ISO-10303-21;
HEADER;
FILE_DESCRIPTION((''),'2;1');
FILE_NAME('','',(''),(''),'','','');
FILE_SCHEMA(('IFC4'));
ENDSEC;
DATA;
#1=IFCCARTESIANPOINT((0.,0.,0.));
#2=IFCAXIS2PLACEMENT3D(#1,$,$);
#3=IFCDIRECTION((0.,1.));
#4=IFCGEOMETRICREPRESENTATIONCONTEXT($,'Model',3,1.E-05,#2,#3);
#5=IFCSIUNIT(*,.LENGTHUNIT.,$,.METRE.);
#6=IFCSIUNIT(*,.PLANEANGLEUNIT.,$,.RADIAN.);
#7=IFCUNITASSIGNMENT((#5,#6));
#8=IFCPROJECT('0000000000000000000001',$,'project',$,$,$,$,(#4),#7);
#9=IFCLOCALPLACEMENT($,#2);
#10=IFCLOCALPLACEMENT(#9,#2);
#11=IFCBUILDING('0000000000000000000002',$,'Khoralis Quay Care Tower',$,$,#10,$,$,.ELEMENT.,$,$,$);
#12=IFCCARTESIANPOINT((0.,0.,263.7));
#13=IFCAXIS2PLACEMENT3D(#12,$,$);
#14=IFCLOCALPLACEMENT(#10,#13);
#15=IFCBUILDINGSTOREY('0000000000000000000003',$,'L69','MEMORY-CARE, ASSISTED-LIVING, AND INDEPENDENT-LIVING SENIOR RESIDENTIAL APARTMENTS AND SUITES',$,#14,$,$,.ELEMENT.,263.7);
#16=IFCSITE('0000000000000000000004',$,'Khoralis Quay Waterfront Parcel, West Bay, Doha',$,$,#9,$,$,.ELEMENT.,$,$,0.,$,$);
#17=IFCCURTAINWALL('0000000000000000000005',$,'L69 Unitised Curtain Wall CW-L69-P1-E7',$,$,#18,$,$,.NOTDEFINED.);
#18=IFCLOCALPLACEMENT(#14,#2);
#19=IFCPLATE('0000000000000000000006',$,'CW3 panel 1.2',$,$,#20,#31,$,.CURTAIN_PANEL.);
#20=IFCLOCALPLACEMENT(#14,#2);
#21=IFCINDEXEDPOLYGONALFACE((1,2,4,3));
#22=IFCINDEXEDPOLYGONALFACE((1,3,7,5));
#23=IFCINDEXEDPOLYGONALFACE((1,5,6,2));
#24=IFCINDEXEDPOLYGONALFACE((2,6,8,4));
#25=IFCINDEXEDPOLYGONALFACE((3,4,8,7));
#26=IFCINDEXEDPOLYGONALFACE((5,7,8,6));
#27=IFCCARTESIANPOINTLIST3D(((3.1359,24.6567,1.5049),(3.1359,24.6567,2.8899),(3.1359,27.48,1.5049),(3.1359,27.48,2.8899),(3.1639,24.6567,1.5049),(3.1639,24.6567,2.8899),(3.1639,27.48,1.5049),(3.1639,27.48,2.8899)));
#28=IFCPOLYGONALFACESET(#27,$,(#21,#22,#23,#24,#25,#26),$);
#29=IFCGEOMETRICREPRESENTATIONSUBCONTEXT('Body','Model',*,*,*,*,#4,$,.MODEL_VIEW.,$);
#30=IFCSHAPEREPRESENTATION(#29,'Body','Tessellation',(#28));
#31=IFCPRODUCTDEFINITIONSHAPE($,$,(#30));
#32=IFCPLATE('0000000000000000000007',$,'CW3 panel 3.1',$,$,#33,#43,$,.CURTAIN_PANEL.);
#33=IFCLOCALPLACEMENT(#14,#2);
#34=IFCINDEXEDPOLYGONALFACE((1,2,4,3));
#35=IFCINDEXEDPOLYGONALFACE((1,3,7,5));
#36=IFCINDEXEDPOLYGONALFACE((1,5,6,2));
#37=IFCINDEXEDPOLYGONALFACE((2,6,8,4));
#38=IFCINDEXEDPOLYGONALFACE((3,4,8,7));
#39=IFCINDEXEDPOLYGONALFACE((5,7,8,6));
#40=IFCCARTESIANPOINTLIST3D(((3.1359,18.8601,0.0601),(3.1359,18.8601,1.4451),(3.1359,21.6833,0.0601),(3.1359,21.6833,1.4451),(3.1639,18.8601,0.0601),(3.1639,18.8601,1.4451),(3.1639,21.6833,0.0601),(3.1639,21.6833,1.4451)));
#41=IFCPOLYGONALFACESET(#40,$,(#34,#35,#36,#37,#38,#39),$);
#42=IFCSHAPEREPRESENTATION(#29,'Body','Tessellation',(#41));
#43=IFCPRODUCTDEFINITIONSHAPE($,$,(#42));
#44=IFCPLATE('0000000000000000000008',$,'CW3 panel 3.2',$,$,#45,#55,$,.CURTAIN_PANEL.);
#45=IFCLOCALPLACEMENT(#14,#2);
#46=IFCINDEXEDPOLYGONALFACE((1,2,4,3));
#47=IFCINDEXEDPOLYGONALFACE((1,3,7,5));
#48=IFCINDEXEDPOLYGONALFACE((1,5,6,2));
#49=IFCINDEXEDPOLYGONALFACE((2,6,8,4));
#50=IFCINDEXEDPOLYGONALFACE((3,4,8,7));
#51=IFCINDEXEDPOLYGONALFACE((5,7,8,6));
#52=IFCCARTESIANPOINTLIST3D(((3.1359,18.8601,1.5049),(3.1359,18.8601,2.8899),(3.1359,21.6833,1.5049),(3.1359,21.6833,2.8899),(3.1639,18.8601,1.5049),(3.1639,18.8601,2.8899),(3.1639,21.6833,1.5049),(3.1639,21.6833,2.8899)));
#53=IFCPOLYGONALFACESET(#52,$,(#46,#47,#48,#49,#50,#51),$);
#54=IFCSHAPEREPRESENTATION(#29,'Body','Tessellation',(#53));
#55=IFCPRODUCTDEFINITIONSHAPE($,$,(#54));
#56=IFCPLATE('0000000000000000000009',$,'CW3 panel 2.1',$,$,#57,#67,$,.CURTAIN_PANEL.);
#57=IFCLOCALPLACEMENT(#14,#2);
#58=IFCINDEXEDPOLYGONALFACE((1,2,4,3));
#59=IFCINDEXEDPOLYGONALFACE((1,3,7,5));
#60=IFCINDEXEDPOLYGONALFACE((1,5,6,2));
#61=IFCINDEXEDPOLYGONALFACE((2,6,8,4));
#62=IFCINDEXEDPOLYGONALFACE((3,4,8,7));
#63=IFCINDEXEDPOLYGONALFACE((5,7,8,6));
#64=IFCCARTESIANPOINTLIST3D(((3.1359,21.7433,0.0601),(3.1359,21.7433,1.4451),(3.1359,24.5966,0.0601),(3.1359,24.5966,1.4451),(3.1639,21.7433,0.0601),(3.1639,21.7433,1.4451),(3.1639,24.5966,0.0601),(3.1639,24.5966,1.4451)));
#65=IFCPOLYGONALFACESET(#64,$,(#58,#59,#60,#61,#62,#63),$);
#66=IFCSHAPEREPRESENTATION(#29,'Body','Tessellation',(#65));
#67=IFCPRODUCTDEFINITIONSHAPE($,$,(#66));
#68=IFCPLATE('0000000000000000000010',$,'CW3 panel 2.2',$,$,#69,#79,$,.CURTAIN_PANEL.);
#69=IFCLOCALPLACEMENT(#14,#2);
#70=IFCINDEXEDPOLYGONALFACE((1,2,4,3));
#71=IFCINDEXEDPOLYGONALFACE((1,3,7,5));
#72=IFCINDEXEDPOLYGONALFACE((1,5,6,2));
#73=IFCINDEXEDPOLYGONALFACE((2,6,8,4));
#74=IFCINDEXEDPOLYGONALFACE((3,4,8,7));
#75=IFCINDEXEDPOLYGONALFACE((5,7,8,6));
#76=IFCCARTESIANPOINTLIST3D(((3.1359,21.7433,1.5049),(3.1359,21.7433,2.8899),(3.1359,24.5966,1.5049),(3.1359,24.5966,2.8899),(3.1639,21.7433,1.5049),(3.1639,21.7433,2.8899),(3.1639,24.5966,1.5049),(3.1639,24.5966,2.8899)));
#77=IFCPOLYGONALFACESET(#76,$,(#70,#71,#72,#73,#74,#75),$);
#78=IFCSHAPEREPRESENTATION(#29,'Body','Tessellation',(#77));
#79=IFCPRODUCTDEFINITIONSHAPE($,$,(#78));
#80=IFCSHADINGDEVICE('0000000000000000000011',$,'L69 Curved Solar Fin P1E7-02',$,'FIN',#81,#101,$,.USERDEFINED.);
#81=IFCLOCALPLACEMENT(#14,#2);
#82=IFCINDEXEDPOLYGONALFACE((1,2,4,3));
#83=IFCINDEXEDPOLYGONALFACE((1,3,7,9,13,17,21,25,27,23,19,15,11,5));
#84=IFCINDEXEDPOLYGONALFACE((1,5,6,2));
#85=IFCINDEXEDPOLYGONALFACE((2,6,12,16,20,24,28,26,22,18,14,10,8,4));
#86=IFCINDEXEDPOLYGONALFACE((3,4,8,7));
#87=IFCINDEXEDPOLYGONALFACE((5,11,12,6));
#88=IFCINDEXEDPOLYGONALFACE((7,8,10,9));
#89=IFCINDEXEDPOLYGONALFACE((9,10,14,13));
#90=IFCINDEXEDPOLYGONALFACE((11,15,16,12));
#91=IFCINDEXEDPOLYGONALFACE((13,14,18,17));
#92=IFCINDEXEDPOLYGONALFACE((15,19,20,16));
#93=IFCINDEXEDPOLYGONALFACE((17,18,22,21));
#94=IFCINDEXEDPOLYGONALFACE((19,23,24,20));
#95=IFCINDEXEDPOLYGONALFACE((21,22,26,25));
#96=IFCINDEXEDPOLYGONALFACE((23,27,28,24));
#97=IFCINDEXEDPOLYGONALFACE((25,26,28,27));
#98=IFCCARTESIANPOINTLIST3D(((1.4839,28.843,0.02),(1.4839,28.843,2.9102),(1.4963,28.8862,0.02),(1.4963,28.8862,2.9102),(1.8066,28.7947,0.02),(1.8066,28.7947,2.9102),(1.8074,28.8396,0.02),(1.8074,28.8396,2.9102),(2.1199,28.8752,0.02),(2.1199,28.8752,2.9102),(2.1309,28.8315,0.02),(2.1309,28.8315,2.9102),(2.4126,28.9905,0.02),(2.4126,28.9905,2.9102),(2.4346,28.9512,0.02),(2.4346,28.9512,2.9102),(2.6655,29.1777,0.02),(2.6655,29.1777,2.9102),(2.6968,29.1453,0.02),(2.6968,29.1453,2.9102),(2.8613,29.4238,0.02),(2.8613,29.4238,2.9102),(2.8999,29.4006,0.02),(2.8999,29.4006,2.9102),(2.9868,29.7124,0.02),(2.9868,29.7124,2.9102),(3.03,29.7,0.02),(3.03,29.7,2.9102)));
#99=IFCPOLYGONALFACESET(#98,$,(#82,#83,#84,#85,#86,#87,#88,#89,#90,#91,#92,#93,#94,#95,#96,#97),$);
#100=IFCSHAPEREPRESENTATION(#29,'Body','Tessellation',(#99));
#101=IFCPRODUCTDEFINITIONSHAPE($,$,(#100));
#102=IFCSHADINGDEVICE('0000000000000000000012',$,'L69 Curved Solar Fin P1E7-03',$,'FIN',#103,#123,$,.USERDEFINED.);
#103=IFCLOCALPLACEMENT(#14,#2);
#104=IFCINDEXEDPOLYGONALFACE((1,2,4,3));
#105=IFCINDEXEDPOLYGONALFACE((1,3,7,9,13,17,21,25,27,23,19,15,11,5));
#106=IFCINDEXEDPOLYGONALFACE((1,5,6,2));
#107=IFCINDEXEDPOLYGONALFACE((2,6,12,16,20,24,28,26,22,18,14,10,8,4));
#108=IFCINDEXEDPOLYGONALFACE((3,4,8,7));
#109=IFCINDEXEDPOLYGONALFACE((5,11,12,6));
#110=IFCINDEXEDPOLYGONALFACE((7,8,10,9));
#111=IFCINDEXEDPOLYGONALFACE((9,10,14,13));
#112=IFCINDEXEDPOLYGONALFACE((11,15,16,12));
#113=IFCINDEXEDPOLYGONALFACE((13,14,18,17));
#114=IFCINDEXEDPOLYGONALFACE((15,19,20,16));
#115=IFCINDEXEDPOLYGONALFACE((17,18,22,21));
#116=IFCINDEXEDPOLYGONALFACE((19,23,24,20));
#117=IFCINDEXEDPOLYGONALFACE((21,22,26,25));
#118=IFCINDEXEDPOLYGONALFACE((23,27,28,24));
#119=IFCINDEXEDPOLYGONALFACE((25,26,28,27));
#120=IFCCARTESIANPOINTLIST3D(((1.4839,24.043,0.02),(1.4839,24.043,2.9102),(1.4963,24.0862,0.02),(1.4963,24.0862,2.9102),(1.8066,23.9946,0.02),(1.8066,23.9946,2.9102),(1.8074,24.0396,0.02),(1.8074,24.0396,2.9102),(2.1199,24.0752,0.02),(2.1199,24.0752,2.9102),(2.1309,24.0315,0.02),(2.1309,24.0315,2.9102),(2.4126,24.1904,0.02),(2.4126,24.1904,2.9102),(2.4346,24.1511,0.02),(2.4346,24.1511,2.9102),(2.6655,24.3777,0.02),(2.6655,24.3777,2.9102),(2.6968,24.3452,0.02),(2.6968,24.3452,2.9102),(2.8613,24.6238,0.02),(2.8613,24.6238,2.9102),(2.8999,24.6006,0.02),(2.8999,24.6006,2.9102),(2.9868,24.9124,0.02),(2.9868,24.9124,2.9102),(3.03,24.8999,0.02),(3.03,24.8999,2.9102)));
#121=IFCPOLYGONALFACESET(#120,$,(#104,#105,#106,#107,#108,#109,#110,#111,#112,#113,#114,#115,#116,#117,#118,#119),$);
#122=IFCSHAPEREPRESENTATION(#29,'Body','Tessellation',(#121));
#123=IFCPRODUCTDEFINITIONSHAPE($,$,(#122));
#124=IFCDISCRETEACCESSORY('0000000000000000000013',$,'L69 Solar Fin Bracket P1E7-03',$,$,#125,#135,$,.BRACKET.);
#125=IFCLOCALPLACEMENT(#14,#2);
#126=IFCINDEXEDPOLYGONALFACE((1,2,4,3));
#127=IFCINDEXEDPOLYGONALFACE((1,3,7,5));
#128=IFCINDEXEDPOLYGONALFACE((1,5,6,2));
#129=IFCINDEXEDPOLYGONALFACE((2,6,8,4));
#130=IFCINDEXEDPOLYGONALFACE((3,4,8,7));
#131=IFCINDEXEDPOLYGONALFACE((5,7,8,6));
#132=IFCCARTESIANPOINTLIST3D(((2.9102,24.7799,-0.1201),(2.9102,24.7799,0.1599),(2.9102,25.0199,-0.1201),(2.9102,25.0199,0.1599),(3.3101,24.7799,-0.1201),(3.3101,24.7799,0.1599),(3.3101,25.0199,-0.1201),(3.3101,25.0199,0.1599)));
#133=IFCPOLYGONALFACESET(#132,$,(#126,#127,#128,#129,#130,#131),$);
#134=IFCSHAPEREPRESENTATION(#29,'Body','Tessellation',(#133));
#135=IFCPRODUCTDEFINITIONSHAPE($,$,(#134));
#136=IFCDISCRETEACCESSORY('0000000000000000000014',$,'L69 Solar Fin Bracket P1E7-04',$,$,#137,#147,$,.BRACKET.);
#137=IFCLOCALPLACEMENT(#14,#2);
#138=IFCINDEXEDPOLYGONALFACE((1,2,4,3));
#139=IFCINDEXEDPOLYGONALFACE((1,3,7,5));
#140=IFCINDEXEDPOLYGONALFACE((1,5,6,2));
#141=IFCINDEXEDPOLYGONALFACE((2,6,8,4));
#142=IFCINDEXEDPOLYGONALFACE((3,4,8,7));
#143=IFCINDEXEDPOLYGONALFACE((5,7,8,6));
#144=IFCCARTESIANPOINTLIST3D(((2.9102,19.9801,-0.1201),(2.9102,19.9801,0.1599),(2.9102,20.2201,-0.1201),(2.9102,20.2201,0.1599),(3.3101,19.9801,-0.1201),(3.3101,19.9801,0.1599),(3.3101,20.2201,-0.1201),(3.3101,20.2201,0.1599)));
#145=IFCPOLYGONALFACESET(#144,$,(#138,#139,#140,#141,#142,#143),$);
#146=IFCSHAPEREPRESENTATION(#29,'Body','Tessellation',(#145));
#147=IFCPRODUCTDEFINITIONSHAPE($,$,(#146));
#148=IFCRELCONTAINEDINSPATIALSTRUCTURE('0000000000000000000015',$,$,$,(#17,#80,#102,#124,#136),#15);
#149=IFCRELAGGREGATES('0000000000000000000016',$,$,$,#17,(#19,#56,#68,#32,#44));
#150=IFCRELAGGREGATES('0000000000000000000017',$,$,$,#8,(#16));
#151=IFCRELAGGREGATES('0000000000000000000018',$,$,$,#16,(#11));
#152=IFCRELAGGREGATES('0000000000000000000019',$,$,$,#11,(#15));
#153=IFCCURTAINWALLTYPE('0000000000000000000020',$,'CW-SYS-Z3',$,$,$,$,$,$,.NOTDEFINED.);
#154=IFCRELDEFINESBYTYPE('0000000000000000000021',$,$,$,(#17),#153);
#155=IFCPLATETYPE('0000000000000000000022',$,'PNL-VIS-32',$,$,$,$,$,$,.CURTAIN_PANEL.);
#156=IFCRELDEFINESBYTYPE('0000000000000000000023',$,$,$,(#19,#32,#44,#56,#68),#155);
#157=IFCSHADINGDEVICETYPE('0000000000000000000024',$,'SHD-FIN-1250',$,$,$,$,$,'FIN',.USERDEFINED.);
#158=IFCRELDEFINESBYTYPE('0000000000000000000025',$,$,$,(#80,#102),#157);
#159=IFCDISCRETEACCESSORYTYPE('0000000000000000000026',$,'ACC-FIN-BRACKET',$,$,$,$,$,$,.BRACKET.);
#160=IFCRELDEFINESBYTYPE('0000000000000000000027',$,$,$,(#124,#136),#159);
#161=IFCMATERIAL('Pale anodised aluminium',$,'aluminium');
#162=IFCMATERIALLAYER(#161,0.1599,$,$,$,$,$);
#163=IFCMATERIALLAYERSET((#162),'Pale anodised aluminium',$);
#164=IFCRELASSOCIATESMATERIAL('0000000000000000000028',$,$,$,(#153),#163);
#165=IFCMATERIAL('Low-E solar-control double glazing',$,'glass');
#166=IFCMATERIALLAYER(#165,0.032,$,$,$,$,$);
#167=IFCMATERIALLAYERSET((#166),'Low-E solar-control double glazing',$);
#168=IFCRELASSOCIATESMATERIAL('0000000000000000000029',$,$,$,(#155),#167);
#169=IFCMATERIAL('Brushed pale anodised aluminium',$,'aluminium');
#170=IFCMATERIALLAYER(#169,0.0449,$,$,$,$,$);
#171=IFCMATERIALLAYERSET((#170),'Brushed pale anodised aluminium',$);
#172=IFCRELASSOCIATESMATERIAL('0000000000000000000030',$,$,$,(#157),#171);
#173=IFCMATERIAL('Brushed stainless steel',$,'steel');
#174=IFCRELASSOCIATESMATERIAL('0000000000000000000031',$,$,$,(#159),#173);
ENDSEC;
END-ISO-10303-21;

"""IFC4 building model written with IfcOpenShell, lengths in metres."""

from ifc_helpers import new_model, si_unit, direction, frame, origin, origin_2d, place, context, subcontext, project, spatial, polyline, rectangle, outline, extrude, source, transform, mapped, material, layer, layer_set, type_object, element, aggregate, save


model = new_model("IFC4")

# Units and contexts
model_context = context("Model", 3, precision=1e-05, world=origin(), true_north=direction((0.0, 1.0)))
body_context = subcontext(model_context, "Body", "Model", "MODEL_VIEW")
ifc_project = project(units=[si_unit("LENGTHUNIT", "METRE"), si_unit("PLANEANGLEUNIT", "RADIAN")], contexts=[model_context])

# Site, building, storey
site_placement = place(None, origin())
site = spatial("IfcSite", under=ifc_project, at=site_placement, Name="Khoralis Quay Waterfront Parcel, West Bay, Doha", CompositionType="ELEMENT", RefElevation=0.0)
building_placement = place(site_placement, origin())
building = spatial("IfcBuilding", under=site, at=building_placement, Name="Khoralis Quay Care Tower", CompositionType="ELEMENT")
storey_placement = place(building_placement, frame((0.0, 0.0, 263.7)))
storey = spatial("IfcBuildingStorey", under=building, at=storey_placement, Name="L69", Description="MEMORY-CARE, ASSISTED-LIVING, AND INDEPENDENT-LIVING SENIOR RESIDENTIAL APARTMENTS AND SUITES", CompositionType="ELEMENT", Elevation=263.7)

# Curtain wall, plates
ifc_material_1 = material(Name="Pale anodised aluminium", Category="aluminium")
ifc_layer_1 = layer(ifc_material_1, 0.1599)
ifc_layer_set_1 = layer_set([ifc_layer_1], Name="Pale anodised aluminium")
curtain_wall_type = type_object("IfcCurtainWallType", Name="CW-SYS-Z3", PredefinedType="NOTDEFINED", material=ifc_layer_set_1)
curtain_wall_placement = place(storey_placement, origin())
curtain_wall = element("IfcCurtainWall", 1, at=curtain_wall_placement, inside=storey, type_object=curtain_wall_type, Name="L69 Unitised Curtain Wall CW-L69-P1-E7", PredefinedType="NOTDEFINED")
ifc_material_2 = material(Name="Low-E solar-control double glazing", Category="glass")
ifc_layer_2 = layer(ifc_material_2, 0.032)
ifc_layer_set_2 = layer_set([ifc_layer_2], Name="Low-E solar-control double glazing")
plate_type = type_object("IfcPlateType", Name="PNL-VIS-32", PredefinedType="CURTAIN_PANEL", material=ifc_layer_set_2)
shared_shape_1 = source(origin(), body_context, "Body", "SweptSolid", [
    extrude(rectangle(XDim=2.8232, YDim=0.0281, at=origin_2d()), origin(), (0.0, 0.0, 1.0), 1.385),
])
plate_1_placement = place(storey_placement, frame((3.1499, 26.0684, 1.5049), z_axis=(0.0, 0.0, 1.0), x_axis=(0.0, -1.0, 0.0)))
plate_1 = element("IfcPlate", 2, at=plate_1_placement, type_object=plate_type, Name="CW3 panel 1.2", PredefinedType="CURTAIN_PANEL", context=body_context, shape_type="MappedRepresentation", body=[
    mapped(shared_shape_1, transform((0.0, 0.0, 0.0), scale=1.0)),
])
plate_2_placement = place(storey_placement, frame((3.1499, 20.2717, 0.0601), z_axis=(0.0, 0.0, 1.0), x_axis=(0.0, -1.0, 0.0)))
plate_2 = element("IfcPlate", 3, at=plate_2_placement, type_object=plate_type, Name="CW3 panel 3.1", PredefinedType="CURTAIN_PANEL", context=body_context, shape_type="MappedRepresentation", body=[
    mapped(shared_shape_1, transform((0.0, 0.0, 0.0), scale=1.0)),
])
plate_3_placement = place(storey_placement, frame((3.1499, 20.2717, 1.5049), z_axis=(0.0, 0.0, 1.0), x_axis=(0.0, -1.0, 0.0)))
plate_3 = element("IfcPlate", 4, at=plate_3_placement, type_object=plate_type, Name="CW3 panel 3.2", PredefinedType="CURTAIN_PANEL", context=body_context, shape_type="MappedRepresentation", body=[
    mapped(shared_shape_1, transform((0.0, 0.0, 0.0), scale=1.0)),
])
shared_shape_2 = source(origin(), body_context, "Body", "SweptSolid", [
    extrude(rectangle(XDim=2.8533, YDim=0.0281, at=origin_2d()), origin(), (0.0, 0.0, 1.0), 1.385),
])
plate_4_placement = place(storey_placement, frame((3.1499, 23.1699, 0.0601), z_axis=(0.0, 0.0, 1.0), x_axis=(0.0, -1.0, 0.0)))
plate_4 = element("IfcPlate", 5, at=plate_4_placement, type_object=plate_type, Name="CW3 panel 2.1", PredefinedType="CURTAIN_PANEL", context=body_context, shape_type="MappedRepresentation", body=[
    mapped(shared_shape_2, transform((0.0, 0.0, 0.0), scale=1.0)),
])
plate_5_placement = place(storey_placement, frame((3.1499, 23.1699, 1.5049), z_axis=(0.0, 0.0, 1.0), x_axis=(0.0, -1.0, 0.0)))
plate_5 = element("IfcPlate", 6, at=plate_5_placement, type_object=plate_type, Name="CW3 panel 2.2", PredefinedType="CURTAIN_PANEL", context=body_context, shape_type="MappedRepresentation", body=[
    mapped(shared_shape_2, transform((0.0, 0.0, 0.0), scale=1.0)),
])
aggregate(curtain_wall, [plate_1, plate_4, plate_5, plate_2, plate_3])

# Shading devices
ifc_material_3 = material(Name="Brushed pale anodised aluminium", Category="aluminium")
ifc_layer_3 = layer(ifc_material_3, 0.0449)
ifc_layer_set_3 = layer_set([ifc_layer_3], Name="Brushed pale anodised aluminium")
shading_device_type = type_object("IfcShadingDeviceType", Name="SHD-FIN-1250", ElementType="FIN", PredefinedType="USERDEFINED", material=ifc_layer_set_3)
shared_shape_3 = source(origin(), body_context, "Body", "SweptSolid", [
    extrude(outline(polyline([(0.0, 0.0), (0.1301, 0.2993), (0.3333, 0.5547), (0.5955, 0.7488), (0.8992, 0.8684), (1.2234, 0.9053), (1.5461, 0.8569), (1.5337, 0.8137), (1.2227, 0.8604), (0.9102, 0.8247), (0.6174, 0.7095), (0.3645, 0.5222), (0.1687, 0.2761), (0.0432, -0.0125), (0.0, 0.0)])), origin(), (0.0, 0.0, 1.0), 2.8901),
])
for number, where, z_axis, x_axis, name in (
    (7, (3.03, 29.7, 0.02), (0.0, 0.0, 1.0), (-1.0, 0.0, 0.0), "L69 Curved Solar Fin P1E7-02"),
    (8, (3.03, 24.8999, 0.02), (0.0, 0.0, 1.0), (-1.0, 0.0, 0.0), "L69 Curved Solar Fin P1E7-03"),
):
    element("IfcShadingDevice", number, at=place(storey_placement, frame(where, z_axis=z_axis, x_axis=x_axis)), inside=storey, type_object=shading_device_type, Name=name, ObjectType="FIN", PredefinedType="USERDEFINED", context=body_context, shape_type="MappedRepresentation", body=[
        mapped(shared_shape_3, transform((0.0, 0.0, 0.0), scale=1.0)),
    ])

# Discrete accessories
ifc_material_4 = material(Name="Brushed stainless steel", Category="steel")
discrete_accessory_type = type_object("IfcDiscreteAccessoryType", Name="ACC-FIN-BRACKET", PredefinedType="BRACKET", material=ifc_material_4)
shared_shape_4 = source(origin(), body_context, "Body", "SweptSolid", [
    extrude(rectangle(XDim=0.3999, YDim=0.24, at=origin_2d()), origin(), (0.0, 0.0, 1.0), 0.28),
])
for number, where, z_axis, x_axis, name in (
    (9, (3.1101, 24.8999, -0.1201), (0.0, 0.0, 1.0), (-1.0, 0.0, 0.0), "L69 Solar Fin Bracket P1E7-03"),
    (10, (3.1101, 20.1001, -0.1201), (0.0, 0.0, 1.0), (-1.0, 0.0, 0.0), "L69 Solar Fin Bracket P1E7-04"),
):
    element("IfcDiscreteAccessory", number, at=place(storey_placement, frame(where, z_axis=z_axis, x_axis=x_axis)), inside=storey, type_object=discrete_accessory_type, Name=name, PredefinedType="BRACKET", context=body_context, shape_type="MappedRepresentation", body=[
        mapped(shared_shape_4, transform((0.0, 0.0, 0.0), scale=1.0)),
    ])

save(model, "model.ifc")
